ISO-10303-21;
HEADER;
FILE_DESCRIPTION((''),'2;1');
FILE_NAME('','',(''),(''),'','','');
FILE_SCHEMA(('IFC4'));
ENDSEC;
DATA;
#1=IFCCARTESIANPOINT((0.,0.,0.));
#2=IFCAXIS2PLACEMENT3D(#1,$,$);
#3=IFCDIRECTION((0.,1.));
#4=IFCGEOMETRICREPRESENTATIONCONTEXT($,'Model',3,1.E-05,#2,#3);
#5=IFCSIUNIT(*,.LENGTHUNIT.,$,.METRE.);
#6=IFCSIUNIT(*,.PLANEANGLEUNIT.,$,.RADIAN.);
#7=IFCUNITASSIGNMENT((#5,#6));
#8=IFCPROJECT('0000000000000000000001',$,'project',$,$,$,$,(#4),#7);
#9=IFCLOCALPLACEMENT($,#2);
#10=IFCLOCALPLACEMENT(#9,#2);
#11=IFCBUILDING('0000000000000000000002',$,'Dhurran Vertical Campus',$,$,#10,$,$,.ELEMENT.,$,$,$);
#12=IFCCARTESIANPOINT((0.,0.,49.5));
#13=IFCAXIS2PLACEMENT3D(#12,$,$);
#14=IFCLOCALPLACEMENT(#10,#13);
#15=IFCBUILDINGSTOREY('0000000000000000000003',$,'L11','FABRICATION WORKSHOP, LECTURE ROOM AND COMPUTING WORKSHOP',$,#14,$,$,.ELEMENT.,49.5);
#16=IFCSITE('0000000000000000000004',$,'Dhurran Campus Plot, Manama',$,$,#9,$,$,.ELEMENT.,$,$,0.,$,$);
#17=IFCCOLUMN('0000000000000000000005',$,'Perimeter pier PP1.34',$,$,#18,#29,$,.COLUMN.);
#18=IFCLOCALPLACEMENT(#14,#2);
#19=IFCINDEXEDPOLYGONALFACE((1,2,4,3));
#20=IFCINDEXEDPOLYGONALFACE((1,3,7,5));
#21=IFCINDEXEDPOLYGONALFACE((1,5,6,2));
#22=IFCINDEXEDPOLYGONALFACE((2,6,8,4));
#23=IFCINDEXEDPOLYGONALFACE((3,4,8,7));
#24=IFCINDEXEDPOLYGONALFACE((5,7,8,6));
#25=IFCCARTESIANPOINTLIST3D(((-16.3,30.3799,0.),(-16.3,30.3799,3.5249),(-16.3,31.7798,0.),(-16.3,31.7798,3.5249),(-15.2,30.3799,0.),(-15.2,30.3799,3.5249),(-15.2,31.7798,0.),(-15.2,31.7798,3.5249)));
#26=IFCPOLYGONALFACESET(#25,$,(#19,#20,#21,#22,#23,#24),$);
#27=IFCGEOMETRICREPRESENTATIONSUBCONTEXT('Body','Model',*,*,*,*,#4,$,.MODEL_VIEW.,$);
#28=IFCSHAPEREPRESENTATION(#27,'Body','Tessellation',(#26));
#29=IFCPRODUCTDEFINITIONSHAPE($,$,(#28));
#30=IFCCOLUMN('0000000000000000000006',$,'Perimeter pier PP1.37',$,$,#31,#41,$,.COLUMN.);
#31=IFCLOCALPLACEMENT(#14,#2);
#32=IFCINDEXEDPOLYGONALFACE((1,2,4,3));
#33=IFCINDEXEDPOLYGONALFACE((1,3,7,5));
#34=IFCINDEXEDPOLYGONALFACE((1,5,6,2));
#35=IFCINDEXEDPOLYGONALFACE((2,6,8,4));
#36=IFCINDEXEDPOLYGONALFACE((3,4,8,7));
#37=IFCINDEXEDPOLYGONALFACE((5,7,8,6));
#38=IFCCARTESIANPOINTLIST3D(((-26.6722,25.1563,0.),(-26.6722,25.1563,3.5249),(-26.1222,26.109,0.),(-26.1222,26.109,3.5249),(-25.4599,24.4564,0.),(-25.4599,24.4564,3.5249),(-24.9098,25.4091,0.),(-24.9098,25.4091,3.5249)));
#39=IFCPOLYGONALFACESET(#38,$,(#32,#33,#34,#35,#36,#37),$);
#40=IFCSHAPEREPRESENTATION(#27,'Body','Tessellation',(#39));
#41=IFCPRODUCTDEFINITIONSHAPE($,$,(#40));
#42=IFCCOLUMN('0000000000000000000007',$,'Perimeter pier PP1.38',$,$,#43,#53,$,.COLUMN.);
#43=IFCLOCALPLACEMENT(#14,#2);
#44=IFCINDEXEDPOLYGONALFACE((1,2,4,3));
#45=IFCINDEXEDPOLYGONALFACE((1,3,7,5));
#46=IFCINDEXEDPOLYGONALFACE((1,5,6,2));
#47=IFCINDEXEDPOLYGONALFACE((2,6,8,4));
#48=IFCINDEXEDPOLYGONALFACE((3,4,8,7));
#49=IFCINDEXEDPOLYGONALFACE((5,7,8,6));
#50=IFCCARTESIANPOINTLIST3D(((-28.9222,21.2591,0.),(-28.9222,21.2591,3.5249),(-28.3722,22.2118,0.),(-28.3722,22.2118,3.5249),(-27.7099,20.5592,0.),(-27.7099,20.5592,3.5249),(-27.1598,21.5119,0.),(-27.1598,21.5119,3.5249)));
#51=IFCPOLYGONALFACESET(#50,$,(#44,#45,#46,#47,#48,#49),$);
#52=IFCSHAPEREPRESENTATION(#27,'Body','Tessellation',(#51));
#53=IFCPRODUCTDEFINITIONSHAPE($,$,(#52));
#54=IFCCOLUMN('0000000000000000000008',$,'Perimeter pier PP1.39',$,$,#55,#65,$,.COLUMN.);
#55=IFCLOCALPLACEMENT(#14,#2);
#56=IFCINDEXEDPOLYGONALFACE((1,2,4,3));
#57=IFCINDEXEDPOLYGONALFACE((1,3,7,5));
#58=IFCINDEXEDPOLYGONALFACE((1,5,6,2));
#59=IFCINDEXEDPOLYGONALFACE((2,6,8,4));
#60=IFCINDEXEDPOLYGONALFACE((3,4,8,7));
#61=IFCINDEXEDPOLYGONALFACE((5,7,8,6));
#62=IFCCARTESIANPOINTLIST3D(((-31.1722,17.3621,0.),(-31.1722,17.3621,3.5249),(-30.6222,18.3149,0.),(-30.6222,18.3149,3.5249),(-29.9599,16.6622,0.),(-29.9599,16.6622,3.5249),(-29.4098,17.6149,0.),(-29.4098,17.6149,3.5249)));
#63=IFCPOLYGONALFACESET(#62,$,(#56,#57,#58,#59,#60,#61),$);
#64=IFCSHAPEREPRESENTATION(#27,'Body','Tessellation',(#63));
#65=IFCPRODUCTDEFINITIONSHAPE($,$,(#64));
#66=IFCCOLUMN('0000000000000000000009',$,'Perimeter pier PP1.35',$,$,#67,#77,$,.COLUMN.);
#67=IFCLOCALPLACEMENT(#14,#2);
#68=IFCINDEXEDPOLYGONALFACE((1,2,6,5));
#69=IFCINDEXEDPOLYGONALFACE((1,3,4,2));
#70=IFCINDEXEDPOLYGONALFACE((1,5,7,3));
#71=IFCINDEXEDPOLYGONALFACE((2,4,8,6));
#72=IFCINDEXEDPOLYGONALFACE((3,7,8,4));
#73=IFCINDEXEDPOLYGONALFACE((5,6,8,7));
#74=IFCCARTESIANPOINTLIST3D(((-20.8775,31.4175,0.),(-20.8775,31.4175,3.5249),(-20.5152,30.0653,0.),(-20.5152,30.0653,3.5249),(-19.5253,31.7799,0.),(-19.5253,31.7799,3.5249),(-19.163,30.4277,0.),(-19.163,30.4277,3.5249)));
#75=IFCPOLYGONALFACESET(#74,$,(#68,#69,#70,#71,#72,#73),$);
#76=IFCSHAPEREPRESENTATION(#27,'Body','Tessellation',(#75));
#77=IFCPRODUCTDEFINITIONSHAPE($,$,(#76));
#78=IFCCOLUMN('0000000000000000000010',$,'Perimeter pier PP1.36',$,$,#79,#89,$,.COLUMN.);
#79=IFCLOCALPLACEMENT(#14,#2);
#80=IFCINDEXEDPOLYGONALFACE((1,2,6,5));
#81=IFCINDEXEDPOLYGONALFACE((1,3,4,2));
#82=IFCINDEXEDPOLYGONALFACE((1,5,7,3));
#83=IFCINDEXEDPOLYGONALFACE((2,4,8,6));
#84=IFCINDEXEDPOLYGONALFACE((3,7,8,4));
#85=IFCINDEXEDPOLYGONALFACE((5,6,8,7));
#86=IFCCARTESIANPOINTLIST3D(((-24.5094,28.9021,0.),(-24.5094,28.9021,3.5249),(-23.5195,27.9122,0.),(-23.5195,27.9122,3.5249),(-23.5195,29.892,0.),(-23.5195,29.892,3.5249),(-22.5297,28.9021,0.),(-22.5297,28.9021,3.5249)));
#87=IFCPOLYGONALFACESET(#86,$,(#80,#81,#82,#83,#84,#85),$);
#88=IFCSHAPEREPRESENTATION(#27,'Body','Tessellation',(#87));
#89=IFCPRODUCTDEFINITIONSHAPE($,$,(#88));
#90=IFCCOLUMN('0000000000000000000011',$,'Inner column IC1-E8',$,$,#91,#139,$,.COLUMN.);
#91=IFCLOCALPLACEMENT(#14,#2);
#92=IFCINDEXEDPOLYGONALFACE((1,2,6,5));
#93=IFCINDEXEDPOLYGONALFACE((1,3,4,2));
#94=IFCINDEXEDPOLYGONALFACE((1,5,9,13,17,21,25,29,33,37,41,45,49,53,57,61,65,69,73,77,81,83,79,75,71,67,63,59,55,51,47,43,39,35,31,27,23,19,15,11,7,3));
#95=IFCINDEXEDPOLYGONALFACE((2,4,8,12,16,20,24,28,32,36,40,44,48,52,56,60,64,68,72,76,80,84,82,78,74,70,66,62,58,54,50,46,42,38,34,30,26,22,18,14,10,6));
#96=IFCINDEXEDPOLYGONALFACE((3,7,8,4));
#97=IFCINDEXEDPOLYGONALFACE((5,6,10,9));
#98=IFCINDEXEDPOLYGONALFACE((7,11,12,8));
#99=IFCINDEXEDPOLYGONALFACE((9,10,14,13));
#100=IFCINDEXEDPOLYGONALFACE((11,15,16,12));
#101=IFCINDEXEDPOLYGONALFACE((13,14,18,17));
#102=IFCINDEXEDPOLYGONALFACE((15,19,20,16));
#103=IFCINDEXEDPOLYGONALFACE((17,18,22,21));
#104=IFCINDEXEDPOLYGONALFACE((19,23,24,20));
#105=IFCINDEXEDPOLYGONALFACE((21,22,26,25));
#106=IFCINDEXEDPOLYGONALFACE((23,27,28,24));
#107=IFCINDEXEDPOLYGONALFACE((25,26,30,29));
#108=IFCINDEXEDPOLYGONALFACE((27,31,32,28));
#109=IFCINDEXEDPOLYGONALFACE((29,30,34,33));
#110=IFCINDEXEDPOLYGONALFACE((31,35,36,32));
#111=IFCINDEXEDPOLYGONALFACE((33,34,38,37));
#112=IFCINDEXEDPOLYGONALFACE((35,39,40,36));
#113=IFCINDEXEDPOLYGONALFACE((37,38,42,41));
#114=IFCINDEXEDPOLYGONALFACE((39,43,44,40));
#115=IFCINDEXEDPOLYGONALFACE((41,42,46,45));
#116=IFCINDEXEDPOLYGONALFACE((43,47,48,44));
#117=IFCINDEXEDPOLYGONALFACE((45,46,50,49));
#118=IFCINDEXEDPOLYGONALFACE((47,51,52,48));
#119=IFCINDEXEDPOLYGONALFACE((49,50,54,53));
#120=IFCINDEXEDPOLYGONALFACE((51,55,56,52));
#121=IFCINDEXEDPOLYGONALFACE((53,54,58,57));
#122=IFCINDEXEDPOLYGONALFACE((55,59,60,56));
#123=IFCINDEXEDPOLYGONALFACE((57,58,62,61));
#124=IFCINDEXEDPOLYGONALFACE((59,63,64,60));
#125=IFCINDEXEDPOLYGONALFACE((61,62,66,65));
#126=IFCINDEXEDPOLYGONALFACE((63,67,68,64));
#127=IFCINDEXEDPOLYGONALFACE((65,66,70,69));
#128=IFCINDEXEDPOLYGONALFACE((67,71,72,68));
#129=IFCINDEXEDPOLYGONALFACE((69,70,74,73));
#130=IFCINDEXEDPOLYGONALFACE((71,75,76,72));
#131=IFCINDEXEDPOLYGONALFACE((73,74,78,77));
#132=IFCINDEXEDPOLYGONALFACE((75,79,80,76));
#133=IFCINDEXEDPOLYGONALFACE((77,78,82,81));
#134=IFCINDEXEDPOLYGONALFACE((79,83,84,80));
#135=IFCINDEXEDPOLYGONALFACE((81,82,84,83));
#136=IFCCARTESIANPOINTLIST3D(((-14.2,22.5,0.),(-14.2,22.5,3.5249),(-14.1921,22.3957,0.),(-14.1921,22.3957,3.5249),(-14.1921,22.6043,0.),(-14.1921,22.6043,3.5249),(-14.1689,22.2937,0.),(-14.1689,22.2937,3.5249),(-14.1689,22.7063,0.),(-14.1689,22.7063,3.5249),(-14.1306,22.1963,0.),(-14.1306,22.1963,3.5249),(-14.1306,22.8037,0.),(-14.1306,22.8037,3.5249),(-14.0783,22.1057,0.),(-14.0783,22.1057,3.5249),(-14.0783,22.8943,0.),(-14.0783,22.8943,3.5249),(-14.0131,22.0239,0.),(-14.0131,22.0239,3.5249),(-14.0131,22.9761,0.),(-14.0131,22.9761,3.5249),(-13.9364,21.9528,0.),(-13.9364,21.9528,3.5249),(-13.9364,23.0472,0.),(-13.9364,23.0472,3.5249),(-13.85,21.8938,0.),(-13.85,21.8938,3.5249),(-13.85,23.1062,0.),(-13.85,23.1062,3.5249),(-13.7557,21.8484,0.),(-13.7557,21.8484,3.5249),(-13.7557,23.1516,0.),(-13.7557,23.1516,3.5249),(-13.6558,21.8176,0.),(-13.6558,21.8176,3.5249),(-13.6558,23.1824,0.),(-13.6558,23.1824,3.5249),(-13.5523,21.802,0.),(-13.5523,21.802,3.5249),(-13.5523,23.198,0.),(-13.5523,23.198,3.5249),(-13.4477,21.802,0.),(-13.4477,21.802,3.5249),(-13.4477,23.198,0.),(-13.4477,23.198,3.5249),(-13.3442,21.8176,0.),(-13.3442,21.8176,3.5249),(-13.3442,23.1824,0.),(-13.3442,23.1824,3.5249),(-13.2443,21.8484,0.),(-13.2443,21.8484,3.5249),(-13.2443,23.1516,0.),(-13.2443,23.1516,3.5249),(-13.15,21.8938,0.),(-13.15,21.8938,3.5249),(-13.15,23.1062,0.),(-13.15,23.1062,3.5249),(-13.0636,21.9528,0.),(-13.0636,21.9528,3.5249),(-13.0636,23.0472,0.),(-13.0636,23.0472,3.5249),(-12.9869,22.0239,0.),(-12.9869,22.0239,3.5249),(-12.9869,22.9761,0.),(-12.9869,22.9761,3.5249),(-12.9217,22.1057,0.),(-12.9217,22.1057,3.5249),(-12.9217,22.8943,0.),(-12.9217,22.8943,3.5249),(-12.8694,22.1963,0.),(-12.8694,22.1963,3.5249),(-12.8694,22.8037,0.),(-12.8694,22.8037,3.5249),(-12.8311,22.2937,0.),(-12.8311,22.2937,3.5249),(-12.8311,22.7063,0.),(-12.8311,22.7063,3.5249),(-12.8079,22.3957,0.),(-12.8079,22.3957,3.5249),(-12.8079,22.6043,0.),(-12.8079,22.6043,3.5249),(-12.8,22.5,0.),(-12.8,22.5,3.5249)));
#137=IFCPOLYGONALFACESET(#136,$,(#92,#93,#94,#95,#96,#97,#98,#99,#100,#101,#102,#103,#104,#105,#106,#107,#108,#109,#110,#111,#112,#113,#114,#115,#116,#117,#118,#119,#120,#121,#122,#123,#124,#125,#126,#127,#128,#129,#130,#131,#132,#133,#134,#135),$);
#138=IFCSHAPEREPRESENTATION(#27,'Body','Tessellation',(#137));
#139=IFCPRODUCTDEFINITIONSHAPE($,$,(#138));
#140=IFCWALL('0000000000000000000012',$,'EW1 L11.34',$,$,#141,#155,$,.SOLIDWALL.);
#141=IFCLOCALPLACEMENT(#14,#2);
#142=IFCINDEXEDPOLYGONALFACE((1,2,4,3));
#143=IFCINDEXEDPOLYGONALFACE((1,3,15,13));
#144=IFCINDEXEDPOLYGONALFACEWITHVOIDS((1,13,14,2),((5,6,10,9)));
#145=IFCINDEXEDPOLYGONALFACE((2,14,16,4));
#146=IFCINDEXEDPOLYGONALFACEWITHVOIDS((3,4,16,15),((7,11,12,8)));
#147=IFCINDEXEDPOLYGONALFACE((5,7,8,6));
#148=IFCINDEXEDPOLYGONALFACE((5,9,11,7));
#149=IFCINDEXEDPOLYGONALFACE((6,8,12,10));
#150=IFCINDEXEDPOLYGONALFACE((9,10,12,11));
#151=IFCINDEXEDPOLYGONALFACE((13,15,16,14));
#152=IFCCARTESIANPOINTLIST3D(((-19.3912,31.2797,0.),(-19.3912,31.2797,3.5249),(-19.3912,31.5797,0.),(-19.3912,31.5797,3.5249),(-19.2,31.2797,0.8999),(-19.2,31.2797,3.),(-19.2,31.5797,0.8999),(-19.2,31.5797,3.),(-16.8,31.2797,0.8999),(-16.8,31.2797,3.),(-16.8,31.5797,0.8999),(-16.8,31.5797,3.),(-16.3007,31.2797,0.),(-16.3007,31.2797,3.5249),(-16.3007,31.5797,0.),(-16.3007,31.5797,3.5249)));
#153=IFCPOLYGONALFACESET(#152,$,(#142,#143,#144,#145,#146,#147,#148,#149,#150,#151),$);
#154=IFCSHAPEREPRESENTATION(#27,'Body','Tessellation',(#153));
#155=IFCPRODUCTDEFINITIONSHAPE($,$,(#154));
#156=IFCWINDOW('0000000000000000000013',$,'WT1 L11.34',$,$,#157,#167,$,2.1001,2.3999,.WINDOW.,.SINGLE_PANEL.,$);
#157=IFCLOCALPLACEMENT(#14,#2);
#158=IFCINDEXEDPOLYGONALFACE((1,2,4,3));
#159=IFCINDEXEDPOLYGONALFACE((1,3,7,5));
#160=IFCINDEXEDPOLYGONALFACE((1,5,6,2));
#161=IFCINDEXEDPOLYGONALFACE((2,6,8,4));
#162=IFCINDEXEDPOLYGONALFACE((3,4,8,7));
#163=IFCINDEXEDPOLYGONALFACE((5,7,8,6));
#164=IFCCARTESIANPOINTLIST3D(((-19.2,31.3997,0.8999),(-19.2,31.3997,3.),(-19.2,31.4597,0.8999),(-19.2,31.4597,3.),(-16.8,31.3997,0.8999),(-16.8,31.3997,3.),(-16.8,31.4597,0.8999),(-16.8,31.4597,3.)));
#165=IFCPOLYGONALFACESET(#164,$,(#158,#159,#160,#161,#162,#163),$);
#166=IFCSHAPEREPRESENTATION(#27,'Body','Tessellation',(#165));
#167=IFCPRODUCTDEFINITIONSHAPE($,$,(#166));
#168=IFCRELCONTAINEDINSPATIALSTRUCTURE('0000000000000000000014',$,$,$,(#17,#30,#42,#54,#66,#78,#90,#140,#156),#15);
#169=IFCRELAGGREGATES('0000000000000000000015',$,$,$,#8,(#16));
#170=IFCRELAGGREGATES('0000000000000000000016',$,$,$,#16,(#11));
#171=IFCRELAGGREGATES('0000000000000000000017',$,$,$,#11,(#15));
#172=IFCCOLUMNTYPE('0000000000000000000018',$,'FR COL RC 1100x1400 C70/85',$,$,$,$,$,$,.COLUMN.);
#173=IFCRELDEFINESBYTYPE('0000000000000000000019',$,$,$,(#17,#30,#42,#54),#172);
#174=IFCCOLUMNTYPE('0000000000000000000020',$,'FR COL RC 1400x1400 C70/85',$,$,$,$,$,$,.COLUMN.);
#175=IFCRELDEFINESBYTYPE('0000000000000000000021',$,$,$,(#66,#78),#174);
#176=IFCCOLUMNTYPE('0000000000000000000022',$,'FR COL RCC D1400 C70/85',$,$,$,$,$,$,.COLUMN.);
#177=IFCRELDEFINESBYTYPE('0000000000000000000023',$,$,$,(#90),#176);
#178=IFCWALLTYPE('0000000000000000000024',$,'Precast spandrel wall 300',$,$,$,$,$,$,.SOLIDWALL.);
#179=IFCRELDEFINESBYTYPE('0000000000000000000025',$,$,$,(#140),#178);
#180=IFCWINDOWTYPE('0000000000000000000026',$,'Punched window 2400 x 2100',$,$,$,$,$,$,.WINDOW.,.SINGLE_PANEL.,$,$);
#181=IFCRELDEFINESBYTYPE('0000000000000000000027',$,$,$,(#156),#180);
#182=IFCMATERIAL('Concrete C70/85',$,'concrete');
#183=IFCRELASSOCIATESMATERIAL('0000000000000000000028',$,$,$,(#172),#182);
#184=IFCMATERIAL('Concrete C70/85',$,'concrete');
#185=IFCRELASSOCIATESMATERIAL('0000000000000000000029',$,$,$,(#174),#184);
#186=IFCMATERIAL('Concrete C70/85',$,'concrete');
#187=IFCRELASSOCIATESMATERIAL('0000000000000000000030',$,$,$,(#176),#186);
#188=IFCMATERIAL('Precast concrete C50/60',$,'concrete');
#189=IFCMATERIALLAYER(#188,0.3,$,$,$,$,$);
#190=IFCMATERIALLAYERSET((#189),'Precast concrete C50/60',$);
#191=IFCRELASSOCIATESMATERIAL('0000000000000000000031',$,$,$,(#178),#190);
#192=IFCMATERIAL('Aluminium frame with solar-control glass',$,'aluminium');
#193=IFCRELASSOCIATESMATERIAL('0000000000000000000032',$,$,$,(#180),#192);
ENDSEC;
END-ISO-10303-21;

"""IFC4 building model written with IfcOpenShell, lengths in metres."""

from ifc_helpers import new_model, si_unit, direction, frame, frame_2d, origin, origin_2d, place, context, subcontext, project, spatial, rectangle, circle, extrude, material, layer, layer_set, material_profile, profile_set, type_object, element, fill, save


model = new_model("IFC4")

# Units and contexts
model_context = context("Model", 3, precision=1e-05, world=origin(), true_north=direction((0.0, 1.0)))
body_context = subcontext(model_context, "Body", "Model", "MODEL_VIEW")
ifc_project = project(units=[si_unit("LENGTHUNIT", "METRE"), si_unit("PLANEANGLEUNIT", "RADIAN")], contexts=[model_context])

# Site, building, storey
site_placement = place(None, origin())
site = spatial("IfcSite", under=ifc_project, at=site_placement, Name="Dhurran Campus Plot, Manama", CompositionType="ELEMENT", RefElevation=0.0)
building_placement = place(site_placement, origin())
building = spatial("IfcBuilding", under=site, at=building_placement, Name="Dhurran Vertical Campus", CompositionType="ELEMENT")
storey_placement = place(building_placement, frame((0.0, 0.0, 49.5)))
storey = spatial("IfcBuildingStorey", under=building, at=storey_placement, Name="L11", Description="FABRICATION WORKSHOP, LECTURE ROOM AND COMPUTING WORKSHOP", CompositionType="ELEMENT", Elevation=49.5)

# Columns
ifc_material_1 = material(Name="Concrete C70/85", Category="concrete")
ifc_material_profile_1 = material_profile(ifc_material_1, rectangle(XDim=1.1001, YDim=1.3999, at=origin_2d()), Name="RC 1100x1400")
ifc_profile_set_1 = profile_set([ifc_material_profile_1], Name="Concrete C70/85")
column_type_1 = type_object("IfcColumnType", Name="FR COL RC 1100x1400 C70/85", PredefinedType="COLUMN", material=ifc_profile_set_1)
for number, where, z_axis, x_axis, name in (
    (1, (-15.75, 31.0798, 0.0), (0.0, 0.0, 1.0), (-1.0, 0.0, 0.0), "Perimeter pier PP1.34"),
    (2, (-25.791, 25.2827, 0.0), (0.0, 0.0, 1.0), (-0.5, -0.866025, 0.0), "Perimeter pier PP1.37"),
    (3, (-28.041, 21.3855, 0.0), (0.0, 0.0, 1.0), (-0.5, -0.866025, 0.0), "Perimeter pier PP1.38"),
    (4, (-30.291, 17.4885, 0.0), (0.0, 0.0, 1.0), (-0.5, -0.866025, 0.0), "Perimeter pier PP1.39"),
):
    element("IfcColumn", number, at=place(storey_placement, frame(where, z_axis=z_axis, x_axis=x_axis)), inside=storey, type_object=column_type_1, Name=name, PredefinedType="COLUMN", context=body_context, shape_type="SweptSolid", body=[
        extrude(rectangle(XDim=1.1001, YDim=1.3999, at=origin_2d()), origin(), (0.0, 0.0, 1.0), 3.5249),
    ])
ifc_material_2 = material(Name="Concrete C70/85", Category="concrete")
ifc_material_profile_2 = material_profile(ifc_material_2, rectangle(XDim=1.3999, YDim=1.3999, at=origin_2d()), Name="RC 1400x1400")
ifc_profile_set_2 = profile_set([ifc_material_profile_2], Name="Concrete C70/85")
column_type_2 = type_object("IfcColumnType", Name="FR COL RC 1400x1400 C70/85", PredefinedType="COLUMN", material=ifc_profile_set_2)
for number, where, z_axis, x_axis, name in (
    (5, (-20.0203, 30.9226, 0.0), (0.0, 0.0, 1.0), (-0.965926, -0.258819, 0.0), "Perimeter pier PP1.35"),
    (6, (-23.5195, 28.9021, 0.0), (0.0, 0.0, 1.0), (-0.707107, -0.707107, 0.0), "Perimeter pier PP1.36"),
):
    element("IfcColumn", number, at=place(storey_placement, frame(where, z_axis=z_axis, x_axis=x_axis)), inside=storey, type_object=column_type_2, Name=name, PredefinedType="COLUMN", context=body_context, shape_type="SweptSolid", body=[
        extrude(rectangle(XDim=1.3999, YDim=1.3999, at=origin_2d()), origin(), (0.0, 0.0, 1.0), 3.5249),
    ])
ifc_material_3 = material(Name="Concrete C70/85", Category="concrete")
ifc_material_profile_3 = material_profile(ifc_material_3, circle(Radius=0.7, at=origin_2d()), Name="RCC D1400")
ifc_profile_set_3 = profile_set([ifc_material_profile_3], Name="Concrete C70/85")
column_type_3 = type_object("IfcColumnType", Name="FR COL RCC D1400 C70/85", PredefinedType="COLUMN", material=ifc_profile_set_3)
column_placement = place(storey_placement, frame((-13.5, 22.5, 0.0), z_axis=(0.0, 0.0, 1.0), x_axis=(1.0, 0.0, 0.0)))
element("IfcColumn", 7, at=column_placement, inside=storey, type_object=column_type_3, Name="Inner column IC1-E8", PredefinedType="COLUMN", context=body_context, shape_type="SweptSolid", body=[
    extrude(circle(Radius=0.7, at=origin_2d()), origin(), (0.0, 0.0, 1.0), 3.5249),
])

# Wall, opening, window
ifc_material_4 = material(Name="Precast concrete C50/60", Category="concrete")
ifc_layer_1 = layer(ifc_material_4, 0.3)
ifc_layer_set_1 = layer_set([ifc_layer_1], Name="Precast concrete C50/60")
wall_type_1 = type_object("IfcWallType", Name="Precast spandrel wall 300", PredefinedType="SOLIDWALL", material=ifc_layer_set_1)
wall_1_placement = place(storey_placement, frame((-16.3005, 31.4297, 0.0), z_axis=(0.0, 0.0, 1.0), x_axis=(-1.0, 0.0, 0.0)))
wall_1 = element("IfcWall", 8, at=wall_1_placement, inside=storey, type_object=wall_type_1, Name="EW1 L11.34", PredefinedType="SOLIDWALL", context=body_context, shape_type="SweptSolid", body=[
    extrude(rectangle(XDim=3.0906, YDim=0.3, at=frame_2d((1.5454, 0.0))), origin(), (0.0, 0.0, 1.0), 3.5249),
])
opening_1_placement = place(wall_1_placement, frame((0.4995, 0.0, 0.8999)))
opening_1 = element("IfcOpeningElement", 9, at=opening_1_placement, cuts=wall_1, PredefinedType="OPENING", context=body_context, shape_type="SweptSolid", body=[
    extrude(rectangle(XDim=2.3999, YDim=2.1001, at=frame_2d((1.2, 1.05))), frame((0.0, 0.1599, 0.0), z_axis=(0.0, -1.0, 0.0), x_axis=(1.0, 0.0, 0.0)), (0.0, 0.0, 1.0), 0.3201),
])
ifc_material_5 = material(Name="Aluminium frame with solar-control glass", Category="aluminium")
window_type = type_object("IfcWindowType", Name="Punched window 2400 x 2100", PartitioningType="SINGLE_PANEL", PredefinedType="WINDOW", material=ifc_material_5)
window_1_placement = place(opening_1_placement, origin())
window_1 = element("IfcWindow", 10, at=window_1_placement, inside=storey, type_object=window_type, Name="WT1 L11.34", OverallHeight=2.1001, OverallWidth=2.3999, PartitioningType="SINGLE_PANEL", PredefinedType="WINDOW", context=body_context, shape_type="SweptSolid", body=[
    extrude(rectangle(XDim=2.3999, YDim=2.1001, at=frame_2d((1.2, 1.05))), frame((0.0, 0.03, 0.0), z_axis=(0.0, -1.0, 0.0), x_axis=(1.0, 0.0, 0.0)), (0.0, 0.0, 1.0), 0.0601),
])
fill(opening_1, window_1)

save(model, "model.ifc")
